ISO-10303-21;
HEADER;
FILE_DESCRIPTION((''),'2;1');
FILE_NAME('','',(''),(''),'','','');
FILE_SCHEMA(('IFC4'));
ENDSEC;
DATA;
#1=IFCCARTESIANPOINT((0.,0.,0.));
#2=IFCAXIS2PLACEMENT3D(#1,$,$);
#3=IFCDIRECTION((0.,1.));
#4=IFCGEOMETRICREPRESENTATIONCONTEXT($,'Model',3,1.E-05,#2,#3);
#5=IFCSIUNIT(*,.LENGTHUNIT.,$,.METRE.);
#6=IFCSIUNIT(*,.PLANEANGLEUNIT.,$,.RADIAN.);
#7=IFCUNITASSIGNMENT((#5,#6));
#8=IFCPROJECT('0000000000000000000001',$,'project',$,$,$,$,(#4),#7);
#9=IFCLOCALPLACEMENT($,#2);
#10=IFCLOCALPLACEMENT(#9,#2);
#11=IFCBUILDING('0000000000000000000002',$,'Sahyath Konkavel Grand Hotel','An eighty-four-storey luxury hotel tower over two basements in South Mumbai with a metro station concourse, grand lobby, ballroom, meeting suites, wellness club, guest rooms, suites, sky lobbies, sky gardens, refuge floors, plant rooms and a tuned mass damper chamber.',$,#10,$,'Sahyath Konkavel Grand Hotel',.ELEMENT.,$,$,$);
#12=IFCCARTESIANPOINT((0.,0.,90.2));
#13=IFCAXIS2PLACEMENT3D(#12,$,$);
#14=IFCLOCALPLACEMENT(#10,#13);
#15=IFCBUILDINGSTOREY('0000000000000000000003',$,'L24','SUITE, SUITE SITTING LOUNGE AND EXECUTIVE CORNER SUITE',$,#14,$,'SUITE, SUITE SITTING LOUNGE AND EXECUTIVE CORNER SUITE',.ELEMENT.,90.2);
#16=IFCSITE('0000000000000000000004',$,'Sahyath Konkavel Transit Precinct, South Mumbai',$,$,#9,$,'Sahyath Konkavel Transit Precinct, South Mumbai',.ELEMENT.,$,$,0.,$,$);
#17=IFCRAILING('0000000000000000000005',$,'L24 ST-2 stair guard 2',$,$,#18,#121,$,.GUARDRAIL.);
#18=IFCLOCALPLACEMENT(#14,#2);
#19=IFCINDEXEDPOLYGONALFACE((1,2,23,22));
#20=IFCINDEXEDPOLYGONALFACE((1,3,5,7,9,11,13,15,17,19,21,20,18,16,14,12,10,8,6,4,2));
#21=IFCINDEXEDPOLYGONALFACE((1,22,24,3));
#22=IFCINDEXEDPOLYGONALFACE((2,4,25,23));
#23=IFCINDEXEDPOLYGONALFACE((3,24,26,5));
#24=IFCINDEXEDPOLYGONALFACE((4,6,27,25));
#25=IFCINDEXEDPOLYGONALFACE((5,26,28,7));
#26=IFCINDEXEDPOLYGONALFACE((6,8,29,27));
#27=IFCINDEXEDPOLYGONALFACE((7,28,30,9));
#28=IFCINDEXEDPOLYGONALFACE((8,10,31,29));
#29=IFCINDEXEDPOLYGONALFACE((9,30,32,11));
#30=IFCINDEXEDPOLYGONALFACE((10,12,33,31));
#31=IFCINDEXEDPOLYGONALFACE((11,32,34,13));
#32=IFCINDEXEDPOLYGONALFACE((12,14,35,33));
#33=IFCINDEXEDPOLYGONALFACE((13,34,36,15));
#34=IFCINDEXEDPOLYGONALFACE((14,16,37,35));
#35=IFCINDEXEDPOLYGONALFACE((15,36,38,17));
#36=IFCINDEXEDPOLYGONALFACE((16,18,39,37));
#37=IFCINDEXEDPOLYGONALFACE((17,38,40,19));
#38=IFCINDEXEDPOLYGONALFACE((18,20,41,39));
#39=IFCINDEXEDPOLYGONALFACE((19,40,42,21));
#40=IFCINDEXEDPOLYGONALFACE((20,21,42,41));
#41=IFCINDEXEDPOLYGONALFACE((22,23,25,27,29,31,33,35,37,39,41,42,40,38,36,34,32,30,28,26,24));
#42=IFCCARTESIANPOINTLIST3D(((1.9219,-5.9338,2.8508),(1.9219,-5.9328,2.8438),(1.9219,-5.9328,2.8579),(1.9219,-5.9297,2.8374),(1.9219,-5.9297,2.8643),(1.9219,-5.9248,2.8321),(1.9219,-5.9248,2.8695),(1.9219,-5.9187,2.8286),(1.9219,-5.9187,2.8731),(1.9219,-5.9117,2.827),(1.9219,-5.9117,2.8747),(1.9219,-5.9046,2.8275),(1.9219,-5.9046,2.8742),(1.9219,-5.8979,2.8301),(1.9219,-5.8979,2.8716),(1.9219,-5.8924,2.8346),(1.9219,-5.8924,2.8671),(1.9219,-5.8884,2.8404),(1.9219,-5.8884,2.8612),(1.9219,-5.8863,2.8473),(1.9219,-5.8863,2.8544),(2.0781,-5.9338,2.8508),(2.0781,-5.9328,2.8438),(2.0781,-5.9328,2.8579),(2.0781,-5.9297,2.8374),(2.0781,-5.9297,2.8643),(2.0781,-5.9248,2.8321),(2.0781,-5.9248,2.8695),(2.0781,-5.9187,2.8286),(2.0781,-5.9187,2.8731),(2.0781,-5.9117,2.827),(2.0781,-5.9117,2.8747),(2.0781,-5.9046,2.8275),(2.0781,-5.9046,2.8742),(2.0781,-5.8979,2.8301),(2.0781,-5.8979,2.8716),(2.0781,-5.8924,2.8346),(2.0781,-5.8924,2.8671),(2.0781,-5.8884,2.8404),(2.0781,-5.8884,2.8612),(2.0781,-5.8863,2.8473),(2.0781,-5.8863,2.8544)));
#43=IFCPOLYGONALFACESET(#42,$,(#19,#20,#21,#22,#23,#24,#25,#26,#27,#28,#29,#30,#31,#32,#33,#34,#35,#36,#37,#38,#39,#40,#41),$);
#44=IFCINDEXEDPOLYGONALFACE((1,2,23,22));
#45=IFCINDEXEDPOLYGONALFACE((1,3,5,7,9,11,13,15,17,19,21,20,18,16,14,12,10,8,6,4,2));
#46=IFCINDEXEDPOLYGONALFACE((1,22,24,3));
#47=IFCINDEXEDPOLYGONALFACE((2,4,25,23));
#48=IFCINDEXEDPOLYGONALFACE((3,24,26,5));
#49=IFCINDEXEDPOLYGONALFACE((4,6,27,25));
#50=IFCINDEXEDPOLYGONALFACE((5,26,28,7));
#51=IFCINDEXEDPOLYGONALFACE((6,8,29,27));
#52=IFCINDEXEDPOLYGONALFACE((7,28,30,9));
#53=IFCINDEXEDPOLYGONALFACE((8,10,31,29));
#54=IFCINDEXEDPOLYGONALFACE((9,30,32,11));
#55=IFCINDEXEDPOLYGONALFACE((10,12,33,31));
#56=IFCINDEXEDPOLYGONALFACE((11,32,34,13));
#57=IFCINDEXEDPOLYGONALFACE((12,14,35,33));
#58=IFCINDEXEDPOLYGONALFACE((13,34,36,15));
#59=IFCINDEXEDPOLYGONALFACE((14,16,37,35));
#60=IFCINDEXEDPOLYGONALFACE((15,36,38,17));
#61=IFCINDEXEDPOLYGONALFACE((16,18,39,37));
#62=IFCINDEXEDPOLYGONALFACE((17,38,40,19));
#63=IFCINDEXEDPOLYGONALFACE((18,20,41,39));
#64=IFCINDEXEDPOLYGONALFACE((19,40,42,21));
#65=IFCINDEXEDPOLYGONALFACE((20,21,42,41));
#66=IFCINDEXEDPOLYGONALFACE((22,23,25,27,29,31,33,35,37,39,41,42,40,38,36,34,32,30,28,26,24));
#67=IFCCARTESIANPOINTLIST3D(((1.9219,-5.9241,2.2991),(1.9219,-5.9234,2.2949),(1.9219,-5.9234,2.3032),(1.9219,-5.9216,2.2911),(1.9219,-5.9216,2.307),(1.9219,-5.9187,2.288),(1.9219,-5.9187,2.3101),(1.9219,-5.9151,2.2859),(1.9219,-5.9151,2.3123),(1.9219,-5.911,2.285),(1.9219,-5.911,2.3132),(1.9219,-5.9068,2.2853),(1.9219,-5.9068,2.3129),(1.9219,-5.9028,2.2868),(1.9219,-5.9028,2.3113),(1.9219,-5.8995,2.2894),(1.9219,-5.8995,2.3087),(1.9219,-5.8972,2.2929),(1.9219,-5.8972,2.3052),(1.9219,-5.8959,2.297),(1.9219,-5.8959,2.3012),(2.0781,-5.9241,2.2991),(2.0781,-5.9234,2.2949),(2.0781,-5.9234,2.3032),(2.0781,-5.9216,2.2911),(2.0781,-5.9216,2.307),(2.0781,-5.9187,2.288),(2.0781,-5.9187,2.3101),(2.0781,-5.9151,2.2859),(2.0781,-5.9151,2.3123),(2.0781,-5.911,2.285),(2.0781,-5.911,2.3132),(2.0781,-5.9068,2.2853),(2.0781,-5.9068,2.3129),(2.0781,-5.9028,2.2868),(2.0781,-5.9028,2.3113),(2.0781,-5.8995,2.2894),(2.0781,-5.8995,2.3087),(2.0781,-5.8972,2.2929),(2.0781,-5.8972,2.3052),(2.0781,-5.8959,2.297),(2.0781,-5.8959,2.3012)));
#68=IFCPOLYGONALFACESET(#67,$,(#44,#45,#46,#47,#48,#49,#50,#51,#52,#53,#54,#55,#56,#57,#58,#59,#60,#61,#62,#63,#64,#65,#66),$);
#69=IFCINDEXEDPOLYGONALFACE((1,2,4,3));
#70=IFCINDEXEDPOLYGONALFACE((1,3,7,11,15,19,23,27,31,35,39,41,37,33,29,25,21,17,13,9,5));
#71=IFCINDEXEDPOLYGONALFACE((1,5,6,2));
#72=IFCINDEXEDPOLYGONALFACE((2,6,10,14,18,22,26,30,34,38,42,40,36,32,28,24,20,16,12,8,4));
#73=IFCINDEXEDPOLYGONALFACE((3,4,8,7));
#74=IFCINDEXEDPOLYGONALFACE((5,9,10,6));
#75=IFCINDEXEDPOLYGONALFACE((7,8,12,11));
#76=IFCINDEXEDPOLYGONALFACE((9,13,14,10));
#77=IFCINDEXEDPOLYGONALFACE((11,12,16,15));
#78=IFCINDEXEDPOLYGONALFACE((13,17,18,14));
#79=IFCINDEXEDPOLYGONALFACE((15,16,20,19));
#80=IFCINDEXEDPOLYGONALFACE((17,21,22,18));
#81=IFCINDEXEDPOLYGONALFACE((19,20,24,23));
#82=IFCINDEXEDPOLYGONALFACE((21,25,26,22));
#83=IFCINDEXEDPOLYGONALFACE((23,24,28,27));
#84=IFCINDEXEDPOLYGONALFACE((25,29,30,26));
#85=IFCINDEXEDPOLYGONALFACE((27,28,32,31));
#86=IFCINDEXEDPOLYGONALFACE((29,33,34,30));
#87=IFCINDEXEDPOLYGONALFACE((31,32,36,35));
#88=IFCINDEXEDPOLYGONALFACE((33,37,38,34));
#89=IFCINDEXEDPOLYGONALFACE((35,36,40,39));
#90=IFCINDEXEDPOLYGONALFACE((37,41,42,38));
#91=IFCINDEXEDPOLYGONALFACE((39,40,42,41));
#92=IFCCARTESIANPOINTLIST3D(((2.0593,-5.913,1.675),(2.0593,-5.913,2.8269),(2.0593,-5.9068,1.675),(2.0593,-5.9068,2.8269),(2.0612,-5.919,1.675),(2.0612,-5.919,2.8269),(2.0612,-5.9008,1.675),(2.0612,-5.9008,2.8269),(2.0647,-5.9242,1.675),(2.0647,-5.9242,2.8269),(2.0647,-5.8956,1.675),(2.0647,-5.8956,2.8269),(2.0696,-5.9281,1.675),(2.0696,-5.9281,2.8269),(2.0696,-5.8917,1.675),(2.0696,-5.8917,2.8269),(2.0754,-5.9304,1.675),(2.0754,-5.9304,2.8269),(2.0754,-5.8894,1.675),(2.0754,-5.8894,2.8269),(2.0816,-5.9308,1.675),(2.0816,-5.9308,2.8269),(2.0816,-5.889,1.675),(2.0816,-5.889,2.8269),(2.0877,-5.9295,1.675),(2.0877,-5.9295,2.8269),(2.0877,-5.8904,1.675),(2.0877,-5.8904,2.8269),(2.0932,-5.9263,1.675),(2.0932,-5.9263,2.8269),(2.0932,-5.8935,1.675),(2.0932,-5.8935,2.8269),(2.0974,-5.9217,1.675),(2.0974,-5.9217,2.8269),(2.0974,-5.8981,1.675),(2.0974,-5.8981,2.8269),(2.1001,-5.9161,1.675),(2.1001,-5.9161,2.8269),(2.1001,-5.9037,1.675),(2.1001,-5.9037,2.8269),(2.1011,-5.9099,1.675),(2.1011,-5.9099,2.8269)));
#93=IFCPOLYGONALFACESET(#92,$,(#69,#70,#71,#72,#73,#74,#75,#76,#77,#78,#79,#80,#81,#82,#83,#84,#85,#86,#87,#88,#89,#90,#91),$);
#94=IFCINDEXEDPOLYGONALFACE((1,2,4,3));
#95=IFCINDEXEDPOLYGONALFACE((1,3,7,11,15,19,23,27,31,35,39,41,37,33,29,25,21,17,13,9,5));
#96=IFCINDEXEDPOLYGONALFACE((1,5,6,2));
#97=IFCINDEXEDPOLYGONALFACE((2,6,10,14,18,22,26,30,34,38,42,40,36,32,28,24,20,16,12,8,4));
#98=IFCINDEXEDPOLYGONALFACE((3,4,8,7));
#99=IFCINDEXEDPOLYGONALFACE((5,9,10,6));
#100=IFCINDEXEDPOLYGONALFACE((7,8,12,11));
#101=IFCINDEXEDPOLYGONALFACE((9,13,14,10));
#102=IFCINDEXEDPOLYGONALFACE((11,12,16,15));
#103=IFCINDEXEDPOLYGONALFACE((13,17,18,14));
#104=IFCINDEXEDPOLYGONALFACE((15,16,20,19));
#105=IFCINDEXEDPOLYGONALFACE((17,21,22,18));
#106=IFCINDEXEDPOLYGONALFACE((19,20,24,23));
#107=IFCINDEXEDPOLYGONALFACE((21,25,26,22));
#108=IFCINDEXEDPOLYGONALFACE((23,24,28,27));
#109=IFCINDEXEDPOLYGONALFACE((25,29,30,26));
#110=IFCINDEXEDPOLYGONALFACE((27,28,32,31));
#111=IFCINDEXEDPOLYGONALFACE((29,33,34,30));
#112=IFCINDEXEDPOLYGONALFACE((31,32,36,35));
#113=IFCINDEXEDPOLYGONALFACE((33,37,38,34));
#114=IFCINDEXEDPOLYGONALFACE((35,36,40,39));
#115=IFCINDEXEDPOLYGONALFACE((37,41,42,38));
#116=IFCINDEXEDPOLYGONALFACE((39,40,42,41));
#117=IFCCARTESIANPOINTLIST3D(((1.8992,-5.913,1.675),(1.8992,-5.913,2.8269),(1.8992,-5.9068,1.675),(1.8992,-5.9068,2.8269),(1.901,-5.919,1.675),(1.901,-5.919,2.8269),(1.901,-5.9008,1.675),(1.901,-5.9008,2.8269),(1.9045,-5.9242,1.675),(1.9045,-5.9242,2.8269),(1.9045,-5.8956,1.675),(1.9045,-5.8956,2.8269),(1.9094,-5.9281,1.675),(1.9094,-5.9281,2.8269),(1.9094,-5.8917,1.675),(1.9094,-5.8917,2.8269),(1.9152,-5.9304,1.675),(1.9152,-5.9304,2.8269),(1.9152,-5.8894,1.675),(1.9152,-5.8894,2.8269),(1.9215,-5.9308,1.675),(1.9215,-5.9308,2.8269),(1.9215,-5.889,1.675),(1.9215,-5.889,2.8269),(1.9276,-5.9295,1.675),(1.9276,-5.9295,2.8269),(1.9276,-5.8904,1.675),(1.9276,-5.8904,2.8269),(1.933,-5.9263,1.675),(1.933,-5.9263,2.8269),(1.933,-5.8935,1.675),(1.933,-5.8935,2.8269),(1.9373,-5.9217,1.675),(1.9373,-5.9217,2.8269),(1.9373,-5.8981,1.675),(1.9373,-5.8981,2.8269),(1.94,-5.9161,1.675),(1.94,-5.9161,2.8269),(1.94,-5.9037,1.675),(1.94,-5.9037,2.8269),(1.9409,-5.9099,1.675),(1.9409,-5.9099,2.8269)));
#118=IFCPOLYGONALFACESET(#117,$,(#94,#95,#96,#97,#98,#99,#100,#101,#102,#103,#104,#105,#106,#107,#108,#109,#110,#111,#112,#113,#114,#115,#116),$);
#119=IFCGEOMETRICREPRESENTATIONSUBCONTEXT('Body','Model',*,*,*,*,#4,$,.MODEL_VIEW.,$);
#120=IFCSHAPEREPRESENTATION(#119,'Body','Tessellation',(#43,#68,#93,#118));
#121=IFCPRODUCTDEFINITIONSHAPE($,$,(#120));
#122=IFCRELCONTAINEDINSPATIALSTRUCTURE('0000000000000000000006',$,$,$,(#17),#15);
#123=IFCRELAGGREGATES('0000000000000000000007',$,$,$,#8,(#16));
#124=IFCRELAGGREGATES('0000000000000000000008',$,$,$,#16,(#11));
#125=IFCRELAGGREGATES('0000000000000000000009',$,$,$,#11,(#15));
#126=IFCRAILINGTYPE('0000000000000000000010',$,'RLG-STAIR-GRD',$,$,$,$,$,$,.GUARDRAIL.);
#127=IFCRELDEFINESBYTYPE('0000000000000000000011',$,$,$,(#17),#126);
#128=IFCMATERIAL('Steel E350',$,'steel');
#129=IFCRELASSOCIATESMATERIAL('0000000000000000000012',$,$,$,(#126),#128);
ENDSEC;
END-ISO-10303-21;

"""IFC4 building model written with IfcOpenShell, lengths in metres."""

from ifc_helpers import new_model, si_unit, direction, frame, origin, origin_2d, place, context, subcontext, project, spatial, circle, extrude, material, type_object, element, save


model = new_model("IFC4")

# Units and contexts
model_context = context("Model", 3, precision=1e-05, world=origin(), true_north=direction((0.0, 1.0)))
body_context = subcontext(model_context, "Body", "Model", "MODEL_VIEW")
ifc_project = project(units=[si_unit("LENGTHUNIT", "METRE"), si_unit("PLANEANGLEUNIT", "RADIAN")], contexts=[model_context])

# Site, building, storey
site_placement = place(None, origin())
site = spatial("IfcSite", under=ifc_project, at=site_placement, Name="Sahyath Konkavel Transit Precinct, South Mumbai", LongName="Sahyath Konkavel Transit Precinct, South Mumbai", CompositionType="ELEMENT", RefElevation=0.0)
building_placement = place(site_placement, origin())
building = spatial("IfcBuilding", under=site, at=building_placement, Name="Sahyath Konkavel Grand Hotel", Description="An eighty-four-storey luxury hotel tower over two basements in South Mumbai with a metro station concourse, grand lobby, ballroom, meeting suites, wellness club, guest rooms, suites, sky lobbies, sky gardens, refuge floors, plant rooms and a tuned mass damper chamber.", LongName="Sahyath Konkavel Grand Hotel", CompositionType="ELEMENT")
storey_placement = place(building_placement, frame((0.0, 0.0, 90.2)))
storey = spatial("IfcBuildingStorey", under=building, at=storey_placement, Name="L24", Description="SUITE, SUITE SITTING LOUNGE AND EXECUTIVE CORNER SUITE", LongName="SUITE, SUITE SITTING LOUNGE AND EXECUTIVE CORNER SUITE", CompositionType="ELEMENT", Elevation=90.2)

# Shared definitions
ifc_material_1 = material(Name="Steel E350", Category="steel")

# Railing
railing_type_1 = type_object("IfcRailingType", Name="RLG-STAIR-GRD", PredefinedType="GUARDRAIL", material=ifc_material_1)
railing_1_placement = place(storey_placement, frame((2.0801, -5.9099, 1.675)))
element("IfcRailing", 1, at=railing_1_placement, inside=storey, type_object=railing_type_1, Name="L24 ST-2 stair guard 2", PredefinedType="GUARDRAIL", context=body_context, shape_type="SweptSolid", body=[
    extrude(circle(Radius=0.0239, at=origin_2d()), frame((-0.002, 0.0, 1.1758), z_axis=(-1.0, 0.0, 0.0), x_axis=(0.0, -1.0, 0.0)), (0.0, 0.0, 1.0), 0.1562),
    extrude(circle(Radius=0.0142, at=origin_2d()), frame((-0.002, 0.0, 0.624), z_axis=(-1.0, 0.0, 0.0), x_axis=(0.0, -1.0, 0.0)), (0.0, 0.0, 1.0), 0.1562),
    extrude(circle(Radius=0.021, at=origin_2d()), origin(), (0.0, 0.0, 1.0), 1.1519),
    extrude(circle(Radius=0.021, at=origin_2d()), frame((-0.1602, 0.0, 0.0)), (0.0, 0.0, 1.0), 1.1519),
])

save(model, "model.ifc")
